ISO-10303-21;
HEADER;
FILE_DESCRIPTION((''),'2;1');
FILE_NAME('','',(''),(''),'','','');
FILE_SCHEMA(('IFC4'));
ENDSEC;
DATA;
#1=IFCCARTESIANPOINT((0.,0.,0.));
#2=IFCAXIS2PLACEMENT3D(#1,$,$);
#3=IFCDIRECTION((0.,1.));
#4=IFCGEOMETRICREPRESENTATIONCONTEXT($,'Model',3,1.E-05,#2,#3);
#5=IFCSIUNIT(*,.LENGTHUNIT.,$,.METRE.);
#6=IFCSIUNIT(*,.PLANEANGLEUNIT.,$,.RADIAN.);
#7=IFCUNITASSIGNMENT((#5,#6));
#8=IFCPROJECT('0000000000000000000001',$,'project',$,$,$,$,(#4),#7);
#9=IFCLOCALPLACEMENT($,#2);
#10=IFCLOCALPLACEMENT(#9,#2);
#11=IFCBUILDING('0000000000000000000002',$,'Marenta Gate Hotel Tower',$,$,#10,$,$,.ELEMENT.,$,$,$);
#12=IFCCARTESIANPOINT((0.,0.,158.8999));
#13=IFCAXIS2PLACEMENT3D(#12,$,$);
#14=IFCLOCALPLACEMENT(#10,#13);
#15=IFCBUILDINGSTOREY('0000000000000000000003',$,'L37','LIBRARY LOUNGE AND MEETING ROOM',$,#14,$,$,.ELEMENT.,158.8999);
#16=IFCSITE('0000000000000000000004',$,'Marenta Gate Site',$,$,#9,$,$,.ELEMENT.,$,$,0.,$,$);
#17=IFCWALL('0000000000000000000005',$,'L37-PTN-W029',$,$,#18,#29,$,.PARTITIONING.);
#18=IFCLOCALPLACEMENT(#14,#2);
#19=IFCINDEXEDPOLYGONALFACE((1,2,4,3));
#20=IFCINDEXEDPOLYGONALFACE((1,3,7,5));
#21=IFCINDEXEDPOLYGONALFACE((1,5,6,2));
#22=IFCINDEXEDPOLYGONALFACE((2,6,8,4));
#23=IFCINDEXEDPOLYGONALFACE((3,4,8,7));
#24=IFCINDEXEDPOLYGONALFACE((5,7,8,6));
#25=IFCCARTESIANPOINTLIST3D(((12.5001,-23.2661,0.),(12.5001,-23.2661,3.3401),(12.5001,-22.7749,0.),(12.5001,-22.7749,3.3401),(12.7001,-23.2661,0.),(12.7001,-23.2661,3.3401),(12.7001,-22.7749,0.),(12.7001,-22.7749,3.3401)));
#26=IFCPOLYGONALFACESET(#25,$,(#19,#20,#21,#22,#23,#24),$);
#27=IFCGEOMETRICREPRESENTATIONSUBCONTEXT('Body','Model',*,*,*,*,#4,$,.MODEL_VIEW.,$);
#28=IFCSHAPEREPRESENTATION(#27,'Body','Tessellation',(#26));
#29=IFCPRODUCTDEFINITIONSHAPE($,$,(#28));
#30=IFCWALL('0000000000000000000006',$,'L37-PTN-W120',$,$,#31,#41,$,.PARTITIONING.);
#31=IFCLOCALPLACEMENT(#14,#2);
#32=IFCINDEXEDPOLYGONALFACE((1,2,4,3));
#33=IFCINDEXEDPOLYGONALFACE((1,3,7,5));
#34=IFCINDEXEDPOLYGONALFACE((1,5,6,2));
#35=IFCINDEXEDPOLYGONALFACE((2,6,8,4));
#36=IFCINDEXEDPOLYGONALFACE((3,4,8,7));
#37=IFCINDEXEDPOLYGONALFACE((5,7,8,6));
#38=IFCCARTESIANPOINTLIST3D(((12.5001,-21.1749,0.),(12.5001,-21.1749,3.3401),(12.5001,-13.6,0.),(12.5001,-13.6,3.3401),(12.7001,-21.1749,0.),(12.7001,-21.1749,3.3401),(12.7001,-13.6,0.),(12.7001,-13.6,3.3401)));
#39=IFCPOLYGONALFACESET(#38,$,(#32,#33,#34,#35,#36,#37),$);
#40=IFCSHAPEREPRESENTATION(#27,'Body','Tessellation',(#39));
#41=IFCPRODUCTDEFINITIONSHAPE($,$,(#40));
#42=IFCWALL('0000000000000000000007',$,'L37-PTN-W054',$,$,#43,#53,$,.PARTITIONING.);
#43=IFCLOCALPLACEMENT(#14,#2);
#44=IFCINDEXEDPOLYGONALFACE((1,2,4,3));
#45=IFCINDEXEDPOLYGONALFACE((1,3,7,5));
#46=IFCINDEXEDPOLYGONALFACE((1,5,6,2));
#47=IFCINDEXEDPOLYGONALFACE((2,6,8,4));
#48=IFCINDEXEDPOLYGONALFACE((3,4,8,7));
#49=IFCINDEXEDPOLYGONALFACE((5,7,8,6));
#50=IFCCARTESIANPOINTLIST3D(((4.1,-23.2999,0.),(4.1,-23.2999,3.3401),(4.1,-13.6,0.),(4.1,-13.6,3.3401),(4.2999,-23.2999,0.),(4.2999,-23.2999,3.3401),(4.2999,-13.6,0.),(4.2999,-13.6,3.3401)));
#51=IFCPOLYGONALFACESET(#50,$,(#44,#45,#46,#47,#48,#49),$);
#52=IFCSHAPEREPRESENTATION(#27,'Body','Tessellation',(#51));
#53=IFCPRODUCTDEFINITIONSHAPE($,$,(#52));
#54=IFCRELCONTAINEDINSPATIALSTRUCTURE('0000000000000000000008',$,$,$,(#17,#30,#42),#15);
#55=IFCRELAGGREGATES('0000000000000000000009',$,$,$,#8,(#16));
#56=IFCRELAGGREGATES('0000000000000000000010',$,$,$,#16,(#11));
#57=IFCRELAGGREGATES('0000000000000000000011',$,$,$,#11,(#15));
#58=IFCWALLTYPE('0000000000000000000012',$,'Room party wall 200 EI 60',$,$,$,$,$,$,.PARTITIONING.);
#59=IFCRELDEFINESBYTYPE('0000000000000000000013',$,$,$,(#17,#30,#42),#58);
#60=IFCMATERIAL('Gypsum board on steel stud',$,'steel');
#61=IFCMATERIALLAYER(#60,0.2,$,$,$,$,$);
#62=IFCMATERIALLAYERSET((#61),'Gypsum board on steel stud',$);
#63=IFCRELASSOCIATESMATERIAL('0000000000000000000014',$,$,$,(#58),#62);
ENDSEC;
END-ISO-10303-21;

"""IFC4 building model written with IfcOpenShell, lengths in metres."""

from ifc_helpers import new_model, si_unit, direction, frame, frame_2d, origin, place, context, subcontext, project, spatial, rectangle, extrude, material, layer, layer_set, type_object, element, save


model = new_model("IFC4")

# Units and contexts
model_context = context("Model", 3, precision=1e-05, world=origin(), true_north=direction((0.0, 1.0)))
body_context = subcontext(model_context, "Body", "Model", "MODEL_VIEW")
ifc_project = project(units=[si_unit("LENGTHUNIT", "METRE"), si_unit("PLANEANGLEUNIT", "RADIAN")], contexts=[model_context])

# Site, building, storey
site_placement = place(None, origin())
site = spatial("IfcSite", under=ifc_project, at=site_placement, Name="Marenta Gate Site", CompositionType="ELEMENT", RefElevation=0.0)
building_placement = place(site_placement, origin())
building = spatial("IfcBuilding", under=site, at=building_placement, Name="Marenta Gate Hotel Tower", CompositionType="ELEMENT")
storey_placement = place(building_placement, frame((0.0, 0.0, 158.8999)))
storey = spatial("IfcBuildingStorey", under=building, at=storey_placement, Name="L37", Description="LIBRARY LOUNGE AND MEETING ROOM", CompositionType="ELEMENT", Elevation=158.8999)

# Walls
ifc_material_1 = material(Name="Gypsum board on steel stud", Category="steel")
ifc_layer_1 = layer(ifc_material_1, 0.2)
ifc_layer_set_1 = layer_set([ifc_layer_1], Name="Gypsum board on steel stud")
wall_type_1 = type_object("IfcWallType", Name="Room party wall 200 EI 60", PredefinedType="PARTITIONING", material=ifc_layer_set_1)
wall_1_placement = place(storey_placement, frame((12.6001, -23.2661, 0.0), z_axis=(0.0, 0.0, 1.0), x_axis=(0.0, 1.0, 0.0)))
element("IfcWall", 1, at=wall_1_placement, inside=storey, type_object=wall_type_1, Name="L37-PTN-W029", PredefinedType="PARTITIONING", context=body_context, shape_type="SweptSolid", body=[
    extrude(rectangle(XDim=0.4912, YDim=0.2, at=frame_2d((0.2456, 0.0))), origin(), (0.0, 0.0, 1.0), 3.3401),
])
wall_2_placement = place(storey_placement, frame((12.6001, -21.175, 0.0), z_axis=(0.0, 0.0, 1.0), x_axis=(0.0, 1.0, 0.0)))
element("IfcWall", 2, at=wall_2_placement, inside=storey, type_object=wall_type_1, Name="L37-PTN-W120", PredefinedType="PARTITIONING", context=body_context, shape_type="SweptSolid", body=[
    extrude(rectangle(XDim=7.575, YDim=0.2, at=frame_2d((3.7876, 0.0))), origin(), (0.0, 0.0, 1.0), 3.3401),
])
wall_3_placement = place(storey_placement, frame((4.2, -23.3, 0.0), z_axis=(0.0, 0.0, 1.0), x_axis=(0.0, 1.0, 0.0)))
element("IfcWall", 3, at=wall_3_placement, inside=storey, type_object=wall_type_1, Name="L37-PTN-W054", PredefinedType="PARTITIONING", context=body_context, shape_type="SweptSolid", body=[
    extrude(rectangle(XDim=9.7, YDim=0.2, at=frame_2d((4.8501, 0.0))), origin(), (0.0, 0.0, 1.0), 3.3401),
])

save(model, "model.ifc")
